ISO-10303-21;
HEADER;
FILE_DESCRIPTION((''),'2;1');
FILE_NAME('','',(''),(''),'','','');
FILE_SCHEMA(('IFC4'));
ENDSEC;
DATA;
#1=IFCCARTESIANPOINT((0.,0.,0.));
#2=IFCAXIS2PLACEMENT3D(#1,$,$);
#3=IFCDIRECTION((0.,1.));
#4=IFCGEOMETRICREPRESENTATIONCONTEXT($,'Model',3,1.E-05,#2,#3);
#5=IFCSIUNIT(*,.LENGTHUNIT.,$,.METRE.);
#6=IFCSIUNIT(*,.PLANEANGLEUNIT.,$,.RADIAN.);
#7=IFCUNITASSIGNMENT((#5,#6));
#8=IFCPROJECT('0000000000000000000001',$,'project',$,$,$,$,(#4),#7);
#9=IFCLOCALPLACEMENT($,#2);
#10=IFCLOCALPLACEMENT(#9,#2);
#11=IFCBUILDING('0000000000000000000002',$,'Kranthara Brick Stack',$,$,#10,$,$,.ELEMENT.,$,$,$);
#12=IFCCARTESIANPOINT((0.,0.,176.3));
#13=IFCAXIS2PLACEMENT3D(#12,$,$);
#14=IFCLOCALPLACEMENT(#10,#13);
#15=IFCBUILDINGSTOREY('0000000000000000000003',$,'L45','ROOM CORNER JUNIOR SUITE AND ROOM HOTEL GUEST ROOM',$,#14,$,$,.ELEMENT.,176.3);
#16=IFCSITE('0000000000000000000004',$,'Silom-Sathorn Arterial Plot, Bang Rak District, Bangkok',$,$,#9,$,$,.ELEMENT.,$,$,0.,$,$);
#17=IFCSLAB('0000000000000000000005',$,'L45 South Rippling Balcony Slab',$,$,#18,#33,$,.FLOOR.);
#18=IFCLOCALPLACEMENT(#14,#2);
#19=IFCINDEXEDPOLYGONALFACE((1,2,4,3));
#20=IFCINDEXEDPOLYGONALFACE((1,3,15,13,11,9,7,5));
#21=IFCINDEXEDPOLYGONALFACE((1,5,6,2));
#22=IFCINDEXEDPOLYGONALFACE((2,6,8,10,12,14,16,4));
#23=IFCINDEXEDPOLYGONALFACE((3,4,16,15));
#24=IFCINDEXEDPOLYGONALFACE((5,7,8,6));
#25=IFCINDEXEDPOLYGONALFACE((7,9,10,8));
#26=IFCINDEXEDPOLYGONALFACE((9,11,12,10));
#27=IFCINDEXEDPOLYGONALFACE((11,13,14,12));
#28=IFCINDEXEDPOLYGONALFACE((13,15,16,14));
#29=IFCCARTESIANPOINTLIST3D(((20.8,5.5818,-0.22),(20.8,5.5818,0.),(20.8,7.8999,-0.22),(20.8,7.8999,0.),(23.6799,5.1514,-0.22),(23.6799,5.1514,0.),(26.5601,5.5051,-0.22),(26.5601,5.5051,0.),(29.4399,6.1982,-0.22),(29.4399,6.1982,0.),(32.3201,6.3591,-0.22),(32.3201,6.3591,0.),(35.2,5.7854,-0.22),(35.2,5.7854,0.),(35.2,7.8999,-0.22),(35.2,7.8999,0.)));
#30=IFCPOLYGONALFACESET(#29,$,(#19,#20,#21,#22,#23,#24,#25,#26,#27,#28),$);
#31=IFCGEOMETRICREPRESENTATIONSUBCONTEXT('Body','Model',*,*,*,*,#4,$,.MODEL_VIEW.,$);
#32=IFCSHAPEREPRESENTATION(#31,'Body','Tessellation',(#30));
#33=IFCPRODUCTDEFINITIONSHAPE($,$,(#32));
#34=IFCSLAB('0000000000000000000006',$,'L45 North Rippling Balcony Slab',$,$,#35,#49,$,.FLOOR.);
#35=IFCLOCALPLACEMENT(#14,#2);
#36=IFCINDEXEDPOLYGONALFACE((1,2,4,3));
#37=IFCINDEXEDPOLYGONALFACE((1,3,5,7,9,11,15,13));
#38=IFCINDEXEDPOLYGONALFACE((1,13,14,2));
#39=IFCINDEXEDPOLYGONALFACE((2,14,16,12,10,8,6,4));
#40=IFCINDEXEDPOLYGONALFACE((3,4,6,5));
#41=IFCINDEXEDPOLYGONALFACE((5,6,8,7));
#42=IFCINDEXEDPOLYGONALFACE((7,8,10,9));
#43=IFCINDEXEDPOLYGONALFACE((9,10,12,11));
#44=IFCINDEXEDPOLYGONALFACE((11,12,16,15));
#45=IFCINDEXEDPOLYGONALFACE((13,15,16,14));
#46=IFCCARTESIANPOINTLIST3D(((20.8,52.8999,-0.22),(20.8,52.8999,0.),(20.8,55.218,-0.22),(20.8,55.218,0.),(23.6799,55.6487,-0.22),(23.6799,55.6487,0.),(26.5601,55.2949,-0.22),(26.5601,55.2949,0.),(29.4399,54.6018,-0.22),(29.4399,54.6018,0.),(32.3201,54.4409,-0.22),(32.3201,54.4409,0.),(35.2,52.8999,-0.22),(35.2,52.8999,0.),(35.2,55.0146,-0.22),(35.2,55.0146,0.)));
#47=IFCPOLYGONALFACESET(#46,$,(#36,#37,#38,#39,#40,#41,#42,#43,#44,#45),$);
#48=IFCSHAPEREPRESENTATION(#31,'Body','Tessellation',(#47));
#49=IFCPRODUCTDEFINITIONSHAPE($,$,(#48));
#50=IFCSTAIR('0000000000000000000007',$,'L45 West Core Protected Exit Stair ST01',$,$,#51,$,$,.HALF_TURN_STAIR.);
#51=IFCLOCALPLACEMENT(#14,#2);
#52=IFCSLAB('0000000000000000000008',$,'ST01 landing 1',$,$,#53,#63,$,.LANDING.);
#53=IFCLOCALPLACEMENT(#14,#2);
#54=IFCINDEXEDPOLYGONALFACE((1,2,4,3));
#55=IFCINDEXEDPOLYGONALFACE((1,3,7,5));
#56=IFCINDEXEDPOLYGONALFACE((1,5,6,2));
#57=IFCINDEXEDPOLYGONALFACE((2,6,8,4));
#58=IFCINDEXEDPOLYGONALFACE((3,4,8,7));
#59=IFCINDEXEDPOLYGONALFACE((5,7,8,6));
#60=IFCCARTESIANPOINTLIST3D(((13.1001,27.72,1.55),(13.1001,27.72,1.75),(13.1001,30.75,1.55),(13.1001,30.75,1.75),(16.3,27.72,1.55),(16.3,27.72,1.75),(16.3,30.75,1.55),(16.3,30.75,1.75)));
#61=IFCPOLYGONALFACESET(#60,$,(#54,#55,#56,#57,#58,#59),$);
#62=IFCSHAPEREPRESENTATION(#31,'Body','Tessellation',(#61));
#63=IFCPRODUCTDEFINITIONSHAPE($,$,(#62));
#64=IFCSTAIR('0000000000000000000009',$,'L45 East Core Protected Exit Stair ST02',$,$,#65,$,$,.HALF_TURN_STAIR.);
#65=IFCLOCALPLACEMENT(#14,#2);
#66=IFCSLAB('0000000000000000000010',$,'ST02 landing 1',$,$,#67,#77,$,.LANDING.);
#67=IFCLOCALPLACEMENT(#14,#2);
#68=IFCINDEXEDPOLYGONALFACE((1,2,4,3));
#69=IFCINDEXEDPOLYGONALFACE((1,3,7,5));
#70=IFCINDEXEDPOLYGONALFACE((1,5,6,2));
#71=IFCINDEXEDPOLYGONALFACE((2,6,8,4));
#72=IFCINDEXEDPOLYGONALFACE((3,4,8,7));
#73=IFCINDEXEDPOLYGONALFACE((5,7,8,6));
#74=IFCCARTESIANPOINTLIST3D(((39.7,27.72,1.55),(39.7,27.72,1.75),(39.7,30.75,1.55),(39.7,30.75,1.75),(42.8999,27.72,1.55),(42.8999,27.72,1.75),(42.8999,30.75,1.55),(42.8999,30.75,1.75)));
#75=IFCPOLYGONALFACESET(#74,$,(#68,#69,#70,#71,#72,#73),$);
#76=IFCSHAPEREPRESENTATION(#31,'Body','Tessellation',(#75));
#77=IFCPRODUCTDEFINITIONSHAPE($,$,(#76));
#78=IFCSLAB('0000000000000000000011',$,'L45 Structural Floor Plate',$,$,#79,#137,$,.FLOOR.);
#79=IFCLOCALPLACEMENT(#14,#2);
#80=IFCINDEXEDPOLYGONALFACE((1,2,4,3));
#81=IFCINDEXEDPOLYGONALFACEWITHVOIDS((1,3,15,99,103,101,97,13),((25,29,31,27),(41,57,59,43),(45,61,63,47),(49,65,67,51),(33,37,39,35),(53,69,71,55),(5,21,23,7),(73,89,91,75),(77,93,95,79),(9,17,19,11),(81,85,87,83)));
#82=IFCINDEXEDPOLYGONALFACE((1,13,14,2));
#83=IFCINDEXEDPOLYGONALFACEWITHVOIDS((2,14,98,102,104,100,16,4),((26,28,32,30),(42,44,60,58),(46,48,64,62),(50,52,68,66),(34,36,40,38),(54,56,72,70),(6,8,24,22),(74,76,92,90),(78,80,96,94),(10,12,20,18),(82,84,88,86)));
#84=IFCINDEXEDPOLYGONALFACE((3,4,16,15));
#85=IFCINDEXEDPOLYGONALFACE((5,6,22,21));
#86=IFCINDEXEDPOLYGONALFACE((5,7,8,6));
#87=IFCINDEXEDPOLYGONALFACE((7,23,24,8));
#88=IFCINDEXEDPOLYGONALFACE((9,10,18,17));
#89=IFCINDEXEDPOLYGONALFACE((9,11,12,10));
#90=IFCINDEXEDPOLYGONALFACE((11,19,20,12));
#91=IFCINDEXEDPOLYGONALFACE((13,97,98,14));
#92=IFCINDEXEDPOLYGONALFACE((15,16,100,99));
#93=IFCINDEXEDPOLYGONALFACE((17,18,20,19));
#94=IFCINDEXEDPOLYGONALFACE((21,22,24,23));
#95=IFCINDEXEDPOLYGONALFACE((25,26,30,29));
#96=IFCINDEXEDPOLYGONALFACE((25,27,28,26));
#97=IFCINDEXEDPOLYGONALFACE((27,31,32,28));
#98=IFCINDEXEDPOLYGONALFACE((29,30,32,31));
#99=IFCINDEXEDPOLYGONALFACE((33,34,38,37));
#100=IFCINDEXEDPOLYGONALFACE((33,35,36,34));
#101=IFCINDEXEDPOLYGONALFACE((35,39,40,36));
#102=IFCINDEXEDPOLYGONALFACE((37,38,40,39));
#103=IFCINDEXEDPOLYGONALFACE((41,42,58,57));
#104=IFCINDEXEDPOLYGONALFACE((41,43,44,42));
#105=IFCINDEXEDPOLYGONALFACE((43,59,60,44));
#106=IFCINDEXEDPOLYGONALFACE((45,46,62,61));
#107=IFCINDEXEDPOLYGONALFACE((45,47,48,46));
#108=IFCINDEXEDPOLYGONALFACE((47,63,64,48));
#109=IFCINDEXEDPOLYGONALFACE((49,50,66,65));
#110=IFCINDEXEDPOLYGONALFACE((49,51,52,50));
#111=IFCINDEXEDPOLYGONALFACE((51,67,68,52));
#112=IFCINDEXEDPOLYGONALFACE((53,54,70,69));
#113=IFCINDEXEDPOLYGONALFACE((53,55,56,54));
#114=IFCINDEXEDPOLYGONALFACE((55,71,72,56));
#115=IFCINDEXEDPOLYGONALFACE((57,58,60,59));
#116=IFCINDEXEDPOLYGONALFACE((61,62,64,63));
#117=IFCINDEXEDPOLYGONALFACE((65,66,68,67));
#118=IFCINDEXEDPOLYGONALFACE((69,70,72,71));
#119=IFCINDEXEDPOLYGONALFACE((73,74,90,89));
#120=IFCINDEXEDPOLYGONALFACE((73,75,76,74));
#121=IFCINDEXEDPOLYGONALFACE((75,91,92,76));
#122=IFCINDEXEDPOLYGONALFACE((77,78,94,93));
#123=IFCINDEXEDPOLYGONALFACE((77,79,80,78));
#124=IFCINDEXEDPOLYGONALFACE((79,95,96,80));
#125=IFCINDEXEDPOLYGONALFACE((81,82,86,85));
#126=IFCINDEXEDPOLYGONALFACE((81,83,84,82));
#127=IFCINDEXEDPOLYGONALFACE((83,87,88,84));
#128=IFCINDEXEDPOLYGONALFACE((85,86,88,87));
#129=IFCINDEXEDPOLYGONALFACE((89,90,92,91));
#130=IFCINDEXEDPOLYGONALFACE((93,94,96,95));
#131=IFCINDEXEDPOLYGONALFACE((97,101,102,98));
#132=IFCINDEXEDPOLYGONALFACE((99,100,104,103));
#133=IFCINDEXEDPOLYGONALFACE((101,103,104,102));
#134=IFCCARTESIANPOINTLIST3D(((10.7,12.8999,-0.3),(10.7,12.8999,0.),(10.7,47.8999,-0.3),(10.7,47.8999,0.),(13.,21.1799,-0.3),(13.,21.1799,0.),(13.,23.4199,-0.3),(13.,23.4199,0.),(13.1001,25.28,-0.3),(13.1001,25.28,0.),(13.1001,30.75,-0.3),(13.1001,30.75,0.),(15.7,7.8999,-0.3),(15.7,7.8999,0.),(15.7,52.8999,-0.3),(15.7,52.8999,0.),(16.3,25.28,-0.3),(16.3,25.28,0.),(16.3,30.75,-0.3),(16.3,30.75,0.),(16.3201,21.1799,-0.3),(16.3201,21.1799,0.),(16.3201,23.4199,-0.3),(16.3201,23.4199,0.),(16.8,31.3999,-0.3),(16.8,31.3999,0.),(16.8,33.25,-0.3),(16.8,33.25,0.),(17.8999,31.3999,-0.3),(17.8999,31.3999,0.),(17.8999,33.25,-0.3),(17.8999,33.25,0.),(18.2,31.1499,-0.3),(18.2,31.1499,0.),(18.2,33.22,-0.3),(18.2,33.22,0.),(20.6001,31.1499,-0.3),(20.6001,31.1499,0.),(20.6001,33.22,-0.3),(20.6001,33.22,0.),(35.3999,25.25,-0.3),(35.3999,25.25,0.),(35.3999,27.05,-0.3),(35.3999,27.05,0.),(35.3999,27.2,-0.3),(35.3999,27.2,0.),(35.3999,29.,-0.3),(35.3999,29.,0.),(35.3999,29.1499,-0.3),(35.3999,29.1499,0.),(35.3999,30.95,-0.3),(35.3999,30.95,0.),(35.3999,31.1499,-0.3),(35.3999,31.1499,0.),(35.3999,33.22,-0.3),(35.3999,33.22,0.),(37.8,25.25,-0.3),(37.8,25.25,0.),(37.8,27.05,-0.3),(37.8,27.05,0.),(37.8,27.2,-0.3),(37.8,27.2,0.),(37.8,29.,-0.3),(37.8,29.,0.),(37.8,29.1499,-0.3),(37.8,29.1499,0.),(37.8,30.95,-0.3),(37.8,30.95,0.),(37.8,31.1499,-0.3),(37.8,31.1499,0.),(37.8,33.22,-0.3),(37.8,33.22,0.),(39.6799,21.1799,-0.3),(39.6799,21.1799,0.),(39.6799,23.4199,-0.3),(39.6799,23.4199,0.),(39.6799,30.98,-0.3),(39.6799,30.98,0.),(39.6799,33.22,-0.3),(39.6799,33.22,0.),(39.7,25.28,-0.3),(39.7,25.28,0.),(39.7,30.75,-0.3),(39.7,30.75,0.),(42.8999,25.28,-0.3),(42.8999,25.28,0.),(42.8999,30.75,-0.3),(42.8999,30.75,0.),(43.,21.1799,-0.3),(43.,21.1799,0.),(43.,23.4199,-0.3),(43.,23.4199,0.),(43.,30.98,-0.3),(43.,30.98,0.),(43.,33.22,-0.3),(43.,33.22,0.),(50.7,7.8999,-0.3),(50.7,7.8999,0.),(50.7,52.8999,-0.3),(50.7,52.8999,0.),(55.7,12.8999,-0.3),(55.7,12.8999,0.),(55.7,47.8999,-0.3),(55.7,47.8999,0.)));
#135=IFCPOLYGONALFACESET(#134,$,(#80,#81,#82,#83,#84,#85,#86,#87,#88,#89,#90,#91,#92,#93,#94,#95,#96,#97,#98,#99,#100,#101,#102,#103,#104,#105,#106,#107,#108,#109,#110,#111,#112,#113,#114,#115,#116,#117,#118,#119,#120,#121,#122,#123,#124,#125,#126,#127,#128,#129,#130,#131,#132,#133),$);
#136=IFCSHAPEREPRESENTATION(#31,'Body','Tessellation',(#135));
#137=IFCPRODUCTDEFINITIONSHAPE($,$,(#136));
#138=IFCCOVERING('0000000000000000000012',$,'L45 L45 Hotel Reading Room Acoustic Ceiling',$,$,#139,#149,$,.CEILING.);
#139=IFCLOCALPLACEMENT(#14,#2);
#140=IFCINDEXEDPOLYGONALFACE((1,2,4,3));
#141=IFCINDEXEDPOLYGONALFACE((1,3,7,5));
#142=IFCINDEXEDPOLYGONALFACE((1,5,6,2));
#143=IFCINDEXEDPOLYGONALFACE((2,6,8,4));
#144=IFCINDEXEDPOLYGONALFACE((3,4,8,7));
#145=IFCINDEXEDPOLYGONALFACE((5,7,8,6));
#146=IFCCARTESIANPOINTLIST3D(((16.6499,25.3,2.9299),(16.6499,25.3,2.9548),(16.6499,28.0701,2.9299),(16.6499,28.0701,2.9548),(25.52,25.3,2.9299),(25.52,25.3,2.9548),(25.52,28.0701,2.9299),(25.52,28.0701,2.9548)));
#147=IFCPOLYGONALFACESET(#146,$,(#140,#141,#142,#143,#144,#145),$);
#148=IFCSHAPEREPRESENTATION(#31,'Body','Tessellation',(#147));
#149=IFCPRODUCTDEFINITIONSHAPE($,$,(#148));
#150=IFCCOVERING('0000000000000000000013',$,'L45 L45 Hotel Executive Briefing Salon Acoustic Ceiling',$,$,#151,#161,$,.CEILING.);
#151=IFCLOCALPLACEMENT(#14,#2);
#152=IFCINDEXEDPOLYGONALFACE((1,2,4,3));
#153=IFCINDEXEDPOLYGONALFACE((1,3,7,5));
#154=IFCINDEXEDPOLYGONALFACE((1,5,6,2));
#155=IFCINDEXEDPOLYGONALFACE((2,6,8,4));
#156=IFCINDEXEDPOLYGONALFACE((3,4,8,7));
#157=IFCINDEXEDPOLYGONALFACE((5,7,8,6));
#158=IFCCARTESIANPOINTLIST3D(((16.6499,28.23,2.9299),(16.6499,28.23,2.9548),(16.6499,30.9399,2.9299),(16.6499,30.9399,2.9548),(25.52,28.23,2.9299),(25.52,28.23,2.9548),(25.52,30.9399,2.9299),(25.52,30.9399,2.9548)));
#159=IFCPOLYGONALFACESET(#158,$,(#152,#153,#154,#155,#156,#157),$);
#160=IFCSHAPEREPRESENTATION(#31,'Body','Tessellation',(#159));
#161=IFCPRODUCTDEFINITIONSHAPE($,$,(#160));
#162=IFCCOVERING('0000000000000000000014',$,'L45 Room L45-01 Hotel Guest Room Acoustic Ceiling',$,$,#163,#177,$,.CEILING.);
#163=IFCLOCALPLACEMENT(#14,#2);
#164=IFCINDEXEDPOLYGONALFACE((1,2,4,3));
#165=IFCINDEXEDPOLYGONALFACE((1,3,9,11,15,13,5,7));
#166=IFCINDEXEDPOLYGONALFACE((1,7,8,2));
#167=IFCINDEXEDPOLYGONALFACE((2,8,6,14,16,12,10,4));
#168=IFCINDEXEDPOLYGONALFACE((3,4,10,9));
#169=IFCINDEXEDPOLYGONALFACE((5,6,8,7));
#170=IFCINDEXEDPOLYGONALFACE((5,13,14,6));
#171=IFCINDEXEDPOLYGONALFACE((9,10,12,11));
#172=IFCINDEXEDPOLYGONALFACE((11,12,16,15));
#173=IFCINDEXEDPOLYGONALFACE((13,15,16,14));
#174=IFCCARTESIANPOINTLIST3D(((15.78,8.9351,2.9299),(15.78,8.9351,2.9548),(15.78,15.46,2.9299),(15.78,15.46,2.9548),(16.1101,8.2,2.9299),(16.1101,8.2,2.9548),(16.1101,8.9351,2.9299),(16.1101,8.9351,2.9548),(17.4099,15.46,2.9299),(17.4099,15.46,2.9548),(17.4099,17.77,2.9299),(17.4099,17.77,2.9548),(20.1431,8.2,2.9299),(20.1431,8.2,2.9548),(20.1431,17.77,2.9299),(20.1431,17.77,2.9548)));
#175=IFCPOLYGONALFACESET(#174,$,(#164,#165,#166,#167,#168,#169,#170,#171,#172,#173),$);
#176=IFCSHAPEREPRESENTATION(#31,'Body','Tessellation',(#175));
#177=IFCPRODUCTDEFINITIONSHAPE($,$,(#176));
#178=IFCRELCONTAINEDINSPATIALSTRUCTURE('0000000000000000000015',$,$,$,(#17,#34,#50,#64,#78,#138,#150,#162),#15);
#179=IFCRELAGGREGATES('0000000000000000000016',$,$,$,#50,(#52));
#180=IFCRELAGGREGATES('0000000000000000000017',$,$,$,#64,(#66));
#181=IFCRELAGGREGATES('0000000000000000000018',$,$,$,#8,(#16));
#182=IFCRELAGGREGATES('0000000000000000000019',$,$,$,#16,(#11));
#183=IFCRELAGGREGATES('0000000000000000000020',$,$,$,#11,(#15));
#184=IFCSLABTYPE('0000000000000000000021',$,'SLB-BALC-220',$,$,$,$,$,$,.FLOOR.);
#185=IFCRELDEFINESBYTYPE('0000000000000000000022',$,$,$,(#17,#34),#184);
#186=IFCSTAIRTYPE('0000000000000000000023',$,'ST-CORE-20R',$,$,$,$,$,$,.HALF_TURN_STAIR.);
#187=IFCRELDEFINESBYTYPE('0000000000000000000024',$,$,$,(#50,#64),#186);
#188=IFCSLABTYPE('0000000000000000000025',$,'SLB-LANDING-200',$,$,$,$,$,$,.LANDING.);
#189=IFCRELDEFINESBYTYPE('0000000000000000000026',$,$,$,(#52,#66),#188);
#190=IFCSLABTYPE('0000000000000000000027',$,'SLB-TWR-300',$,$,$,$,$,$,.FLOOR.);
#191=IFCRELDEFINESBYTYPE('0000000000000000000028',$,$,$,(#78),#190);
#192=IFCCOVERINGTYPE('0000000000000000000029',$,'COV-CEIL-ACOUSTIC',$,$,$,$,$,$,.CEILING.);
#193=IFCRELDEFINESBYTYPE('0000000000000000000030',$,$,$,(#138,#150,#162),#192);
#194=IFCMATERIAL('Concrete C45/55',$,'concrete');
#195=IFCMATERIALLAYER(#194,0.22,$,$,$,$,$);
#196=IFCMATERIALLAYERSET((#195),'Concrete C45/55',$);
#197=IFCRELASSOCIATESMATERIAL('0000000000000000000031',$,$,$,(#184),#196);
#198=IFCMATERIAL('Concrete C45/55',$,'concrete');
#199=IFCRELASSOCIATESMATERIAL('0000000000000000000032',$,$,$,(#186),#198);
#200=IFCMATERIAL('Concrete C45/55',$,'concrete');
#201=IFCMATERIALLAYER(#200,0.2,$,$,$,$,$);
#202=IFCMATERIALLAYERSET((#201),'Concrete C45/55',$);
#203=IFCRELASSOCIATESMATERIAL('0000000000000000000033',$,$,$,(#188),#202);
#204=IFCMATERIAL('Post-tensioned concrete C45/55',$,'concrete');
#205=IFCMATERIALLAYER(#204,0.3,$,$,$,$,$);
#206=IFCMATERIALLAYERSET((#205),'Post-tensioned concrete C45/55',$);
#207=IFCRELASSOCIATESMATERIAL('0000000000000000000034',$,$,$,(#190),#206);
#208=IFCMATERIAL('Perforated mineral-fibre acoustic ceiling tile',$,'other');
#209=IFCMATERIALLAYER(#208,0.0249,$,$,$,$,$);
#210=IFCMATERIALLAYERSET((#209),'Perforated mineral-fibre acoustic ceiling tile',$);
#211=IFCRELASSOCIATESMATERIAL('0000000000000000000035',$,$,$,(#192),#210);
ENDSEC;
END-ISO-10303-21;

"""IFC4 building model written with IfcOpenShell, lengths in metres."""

from ifc_helpers import new_model, si_unit, direction, frame, origin, place, context, subcontext, project, spatial, polyline, outline, extrude, material, layer, layer_set, type_object, element, aggregate, save


model = new_model("IFC4")

# Units and contexts
model_context = context("Model", 3, precision=1e-05, world=origin(), true_north=direction((0.0, 1.0)))
body_context = subcontext(model_context, "Body", "Model", "MODEL_VIEW")
ifc_project = project(units=[si_unit("LENGTHUNIT", "METRE"), si_unit("PLANEANGLEUNIT", "RADIAN")], contexts=[model_context])

# Site, building, storey
site_placement = place(None, origin())
site = spatial("IfcSite", under=ifc_project, at=site_placement, Name="Silom-Sathorn Arterial Plot, Bang Rak District, Bangkok", CompositionType="ELEMENT", RefElevation=0.0)
building_placement = place(site_placement, origin())
building = spatial("IfcBuilding", under=site, at=building_placement, Name="Kranthara Brick Stack", CompositionType="ELEMENT")
storey_placement = place(building_placement, frame((0.0, 0.0, 176.3)))
storey = spatial("IfcBuildingStorey", under=building, at=storey_placement, Name="L45", Description="ROOM CORNER JUNIOR SUITE AND ROOM HOTEL GUEST ROOM", CompositionType="ELEMENT", Elevation=176.3)

# Slabs
ifc_material_1 = material(Name="Concrete C45/55", Category="concrete")
ifc_layer_1 = layer(ifc_material_1, 0.22)
ifc_layer_set_1 = layer_set([ifc_layer_1], Name="Concrete C45/55")
slab_type_1 = type_object("IfcSlabType", Name="SLB-BALC-220", PredefinedType="FLOOR", material=ifc_layer_set_1)
slab_1_placement = place(storey_placement, frame((0.0, 0.0, -0.22)))
element("IfcSlab", 1, at=slab_1_placement, inside=storey, type_object=slab_type_1, Name="L45 South Rippling Balcony Slab", PredefinedType="FLOOR", context=body_context, shape_type="SweptSolid", body=[
    extrude(outline(polyline([(20.8, 7.8999), (35.2, 7.8999), (35.2, 5.7854), (32.3201, 6.3591), (29.4399, 6.1982), (26.5601, 5.5051), (23.6799, 5.1514), (20.8, 5.5818), (20.8, 7.8999)])), origin(), (0.0, 0.0, 1.0), 0.22),
])
slab_2_placement = place(storey_placement, frame((0.0, 0.0, -0.22)))
element("IfcSlab", 2, at=slab_2_placement, inside=storey, type_object=slab_type_1, Name="L45 North Rippling Balcony Slab", PredefinedType="FLOOR", context=body_context, shape_type="SweptSolid", body=[
    extrude(outline(polyline([(35.2, 52.8999), (20.8, 52.8999), (20.8, 55.218), (23.6799, 55.6487), (26.5601, 55.2949), (29.4399, 54.6018), (32.3201, 54.4409), (35.2, 55.0146), (35.2, 52.8999)])), origin(), (0.0, 0.0, 1.0), 0.22),
])

# Stairs, slabs
ifc_material_2 = material(Name="Concrete C45/55", Category="concrete")
stair_type = type_object("IfcStairType", Name="ST-CORE-20R", PredefinedType="HALF_TURN_STAIR", material=ifc_material_2)
stair_1_placement = place(storey_placement, origin())
stair_1 = element("IfcStair", 3, at=stair_1_placement, inside=storey, type_object=stair_type, Name="L45 West Core Protected Exit Stair ST01", PredefinedType="HALF_TURN_STAIR")
ifc_material_3 = material(Name="Concrete C45/55", Category="concrete")
ifc_layer_2 = layer(ifc_material_3, 0.2)
ifc_layer_set_2 = layer_set([ifc_layer_2], Name="Concrete C45/55")
slab_type_2 = type_object("IfcSlabType", Name="SLB-LANDING-200", PredefinedType="LANDING", material=ifc_layer_set_2)
slab_3_placement = place(storey_placement, frame((0.0, 0.0, 1.55)))
slab_3 = element("IfcSlab", 4, at=slab_3_placement, type_object=slab_type_2, Name="ST01 landing 1", PredefinedType="LANDING", context=body_context, shape_type="SweptSolid", body=[
    extrude(outline(polyline([(16.3, 27.72), (16.3, 30.75), (13.1001, 30.75), (13.1001, 27.72), (16.3, 27.72)])), origin(), (0.0, 0.0, 1.0), 0.2),
])
aggregate(stair_1, [slab_3])
stair_2_placement = place(storey_placement, origin())
stair_2 = element("IfcStair", 5, at=stair_2_placement, inside=storey, type_object=stair_type, Name="L45 East Core Protected Exit Stair ST02", PredefinedType="HALF_TURN_STAIR")
slab_4_placement = place(storey_placement, frame((0.0, 0.0, 1.55)))
slab_4 = element("IfcSlab", 6, at=slab_4_placement, type_object=slab_type_2, Name="ST02 landing 1", PredefinedType="LANDING", context=body_context, shape_type="SweptSolid", body=[
    extrude(outline(polyline([(42.8999, 27.72), (42.8999, 30.75), (39.7, 30.75), (39.7, 27.72), (42.8999, 27.72)])), origin(), (0.0, 0.0, 1.0), 0.2),
])
aggregate(stair_2, [slab_4])

# Slab
ifc_material_4 = material(Name="Post-tensioned concrete C45/55", Category="concrete")
ifc_layer_3 = layer(ifc_material_4, 0.3)
ifc_layer_set_3 = layer_set([ifc_layer_3], Name="Post-tensioned concrete C45/55")
slab_type_3 = type_object("IfcSlabType", Name="SLB-TWR-300", PredefinedType="FLOOR", material=ifc_layer_set_3)
slab_5_placement = place(storey_placement, frame((0.0, 0.0, -0.3)))
element("IfcSlab", 7, at=slab_5_placement, inside=storey, type_object=slab_type_3, Name="L45 Structural Floor Plate", PredefinedType="FLOOR", context=body_context, shape_type="SweptSolid", body=[
    extrude(outline(polyline([(15.7, 7.8999), (50.7, 7.8999), (55.7, 12.8999), (55.7, 47.8999), (50.7, 52.8999), (15.7, 52.8999), (10.7, 47.8999), (10.7, 12.8999), (15.7, 7.8999)]), holes=[polyline([(13.1001, 25.28), (16.3, 25.28), (16.3, 30.75), (13.1001, 30.75), (13.1001, 25.28)]), polyline([(39.7, 25.28), (42.8999, 25.28), (42.8999, 30.75), (39.7, 30.75), (39.7, 25.28)]), polyline([(13.0, 21.1799), (16.3201, 21.1799), (16.3201, 23.4199), (13.0, 23.4199), (13.0, 21.1799)]), polyline([(39.6799, 21.1799), (43.0, 21.1799), (43.0, 23.4199), (39.6799, 23.4199), (39.6799, 21.1799)]), polyline([(39.6799, 30.98), (43.0, 30.98), (43.0, 33.22), (39.6799, 33.22), (39.6799, 30.98)]), polyline([(35.3999, 25.25), (37.8, 25.25), (37.8, 27.05), (35.3999, 27.05), (35.3999, 25.25)]), polyline([(35.3999, 27.2), (37.8, 27.2), (37.8, 29.0), (35.3999, 29.0), (35.3999, 27.2)]), polyline([(35.3999, 29.1499), (37.8, 29.1499), (37.8, 30.95), (35.3999, 30.95), (35.3999, 29.1499)]), polyline([(18.2, 31.1499), (20.6001, 31.1499), (20.6001, 33.22), (18.2, 33.22), (18.2, 31.1499)]), polyline([(35.3999, 31.1499), (37.8, 31.1499), (37.8, 33.22), (35.3999, 33.22), (35.3999, 31.1499)]), polyline([(16.8, 31.3999), (17.8999, 31.3999), (17.8999, 33.25), (16.8, 33.25), (16.8, 31.3999)])]), origin(), (0.0, 0.0, 1.0), 0.3),
])

# Coverings
ifc_material_5 = material(Name="Perforated mineral-fibre acoustic ceiling tile", Category="other")
ifc_layer_4 = layer(ifc_material_5, 0.0249)
ifc_layer_set_4 = layer_set([ifc_layer_4], Name="Perforated mineral-fibre acoustic ceiling tile")
covering_type_1 = type_object("IfcCoveringType", Name="COV-CEIL-ACOUSTIC", PredefinedType="CEILING", material=ifc_layer_set_4)
covering_1_placement = place(storey_placement, frame((0.0, 0.0, 2.9299)))
element("IfcCovering", 8, at=covering_1_placement, inside=storey, type_object=covering_type_1, Name="L45 L45 Hotel Reading Room Acoustic Ceiling", PredefinedType="CEILING", context=body_context, shape_type="SweptSolid", body=[
    extrude(outline(polyline([(25.52, 25.3), (25.52, 28.0701), (16.6499, 28.0701), (16.6499, 25.3), (25.52, 25.3)])), origin(), (0.0, 0.0, 1.0), 0.0249),
])
covering_2_placement = place(storey_placement, frame((0.0, 0.0, 2.9299)))
element("IfcCovering", 9, at=covering_2_placement, inside=storey, type_object=covering_type_1, Name="L45 L45 Hotel Executive Briefing Salon Acoustic Ceiling", PredefinedType="CEILING", context=body_context, shape_type="SweptSolid", body=[
    extrude(outline(polyline([(25.52, 28.23), (25.52, 30.9399), (16.6499, 30.9399), (16.6499, 28.23), (25.52, 28.23)])), origin(), (0.0, 0.0, 1.0), 0.0249),
])
covering_3_placement = place(storey_placement, frame((0.0, 0.0, 2.9299)))
element("IfcCovering", 10, at=covering_3_placement, inside=storey, type_object=covering_type_1, Name="L45 Room L45-01 Hotel Guest Room Acoustic Ceiling", PredefinedType="CEILING", context=body_context, shape_type="SweptSolid", body=[
    extrude(outline(polyline([(15.78, 15.46), (17.4099, 15.46), (17.4099, 17.77), (20.1431, 17.77), (20.1431, 8.2), (16.1101, 8.2), (16.1101, 8.9351), (15.78, 8.9351), (15.78, 15.46)])), origin(), (0.0, 0.0, 1.0), 0.0249),
])

save(model, "model.ifc")
